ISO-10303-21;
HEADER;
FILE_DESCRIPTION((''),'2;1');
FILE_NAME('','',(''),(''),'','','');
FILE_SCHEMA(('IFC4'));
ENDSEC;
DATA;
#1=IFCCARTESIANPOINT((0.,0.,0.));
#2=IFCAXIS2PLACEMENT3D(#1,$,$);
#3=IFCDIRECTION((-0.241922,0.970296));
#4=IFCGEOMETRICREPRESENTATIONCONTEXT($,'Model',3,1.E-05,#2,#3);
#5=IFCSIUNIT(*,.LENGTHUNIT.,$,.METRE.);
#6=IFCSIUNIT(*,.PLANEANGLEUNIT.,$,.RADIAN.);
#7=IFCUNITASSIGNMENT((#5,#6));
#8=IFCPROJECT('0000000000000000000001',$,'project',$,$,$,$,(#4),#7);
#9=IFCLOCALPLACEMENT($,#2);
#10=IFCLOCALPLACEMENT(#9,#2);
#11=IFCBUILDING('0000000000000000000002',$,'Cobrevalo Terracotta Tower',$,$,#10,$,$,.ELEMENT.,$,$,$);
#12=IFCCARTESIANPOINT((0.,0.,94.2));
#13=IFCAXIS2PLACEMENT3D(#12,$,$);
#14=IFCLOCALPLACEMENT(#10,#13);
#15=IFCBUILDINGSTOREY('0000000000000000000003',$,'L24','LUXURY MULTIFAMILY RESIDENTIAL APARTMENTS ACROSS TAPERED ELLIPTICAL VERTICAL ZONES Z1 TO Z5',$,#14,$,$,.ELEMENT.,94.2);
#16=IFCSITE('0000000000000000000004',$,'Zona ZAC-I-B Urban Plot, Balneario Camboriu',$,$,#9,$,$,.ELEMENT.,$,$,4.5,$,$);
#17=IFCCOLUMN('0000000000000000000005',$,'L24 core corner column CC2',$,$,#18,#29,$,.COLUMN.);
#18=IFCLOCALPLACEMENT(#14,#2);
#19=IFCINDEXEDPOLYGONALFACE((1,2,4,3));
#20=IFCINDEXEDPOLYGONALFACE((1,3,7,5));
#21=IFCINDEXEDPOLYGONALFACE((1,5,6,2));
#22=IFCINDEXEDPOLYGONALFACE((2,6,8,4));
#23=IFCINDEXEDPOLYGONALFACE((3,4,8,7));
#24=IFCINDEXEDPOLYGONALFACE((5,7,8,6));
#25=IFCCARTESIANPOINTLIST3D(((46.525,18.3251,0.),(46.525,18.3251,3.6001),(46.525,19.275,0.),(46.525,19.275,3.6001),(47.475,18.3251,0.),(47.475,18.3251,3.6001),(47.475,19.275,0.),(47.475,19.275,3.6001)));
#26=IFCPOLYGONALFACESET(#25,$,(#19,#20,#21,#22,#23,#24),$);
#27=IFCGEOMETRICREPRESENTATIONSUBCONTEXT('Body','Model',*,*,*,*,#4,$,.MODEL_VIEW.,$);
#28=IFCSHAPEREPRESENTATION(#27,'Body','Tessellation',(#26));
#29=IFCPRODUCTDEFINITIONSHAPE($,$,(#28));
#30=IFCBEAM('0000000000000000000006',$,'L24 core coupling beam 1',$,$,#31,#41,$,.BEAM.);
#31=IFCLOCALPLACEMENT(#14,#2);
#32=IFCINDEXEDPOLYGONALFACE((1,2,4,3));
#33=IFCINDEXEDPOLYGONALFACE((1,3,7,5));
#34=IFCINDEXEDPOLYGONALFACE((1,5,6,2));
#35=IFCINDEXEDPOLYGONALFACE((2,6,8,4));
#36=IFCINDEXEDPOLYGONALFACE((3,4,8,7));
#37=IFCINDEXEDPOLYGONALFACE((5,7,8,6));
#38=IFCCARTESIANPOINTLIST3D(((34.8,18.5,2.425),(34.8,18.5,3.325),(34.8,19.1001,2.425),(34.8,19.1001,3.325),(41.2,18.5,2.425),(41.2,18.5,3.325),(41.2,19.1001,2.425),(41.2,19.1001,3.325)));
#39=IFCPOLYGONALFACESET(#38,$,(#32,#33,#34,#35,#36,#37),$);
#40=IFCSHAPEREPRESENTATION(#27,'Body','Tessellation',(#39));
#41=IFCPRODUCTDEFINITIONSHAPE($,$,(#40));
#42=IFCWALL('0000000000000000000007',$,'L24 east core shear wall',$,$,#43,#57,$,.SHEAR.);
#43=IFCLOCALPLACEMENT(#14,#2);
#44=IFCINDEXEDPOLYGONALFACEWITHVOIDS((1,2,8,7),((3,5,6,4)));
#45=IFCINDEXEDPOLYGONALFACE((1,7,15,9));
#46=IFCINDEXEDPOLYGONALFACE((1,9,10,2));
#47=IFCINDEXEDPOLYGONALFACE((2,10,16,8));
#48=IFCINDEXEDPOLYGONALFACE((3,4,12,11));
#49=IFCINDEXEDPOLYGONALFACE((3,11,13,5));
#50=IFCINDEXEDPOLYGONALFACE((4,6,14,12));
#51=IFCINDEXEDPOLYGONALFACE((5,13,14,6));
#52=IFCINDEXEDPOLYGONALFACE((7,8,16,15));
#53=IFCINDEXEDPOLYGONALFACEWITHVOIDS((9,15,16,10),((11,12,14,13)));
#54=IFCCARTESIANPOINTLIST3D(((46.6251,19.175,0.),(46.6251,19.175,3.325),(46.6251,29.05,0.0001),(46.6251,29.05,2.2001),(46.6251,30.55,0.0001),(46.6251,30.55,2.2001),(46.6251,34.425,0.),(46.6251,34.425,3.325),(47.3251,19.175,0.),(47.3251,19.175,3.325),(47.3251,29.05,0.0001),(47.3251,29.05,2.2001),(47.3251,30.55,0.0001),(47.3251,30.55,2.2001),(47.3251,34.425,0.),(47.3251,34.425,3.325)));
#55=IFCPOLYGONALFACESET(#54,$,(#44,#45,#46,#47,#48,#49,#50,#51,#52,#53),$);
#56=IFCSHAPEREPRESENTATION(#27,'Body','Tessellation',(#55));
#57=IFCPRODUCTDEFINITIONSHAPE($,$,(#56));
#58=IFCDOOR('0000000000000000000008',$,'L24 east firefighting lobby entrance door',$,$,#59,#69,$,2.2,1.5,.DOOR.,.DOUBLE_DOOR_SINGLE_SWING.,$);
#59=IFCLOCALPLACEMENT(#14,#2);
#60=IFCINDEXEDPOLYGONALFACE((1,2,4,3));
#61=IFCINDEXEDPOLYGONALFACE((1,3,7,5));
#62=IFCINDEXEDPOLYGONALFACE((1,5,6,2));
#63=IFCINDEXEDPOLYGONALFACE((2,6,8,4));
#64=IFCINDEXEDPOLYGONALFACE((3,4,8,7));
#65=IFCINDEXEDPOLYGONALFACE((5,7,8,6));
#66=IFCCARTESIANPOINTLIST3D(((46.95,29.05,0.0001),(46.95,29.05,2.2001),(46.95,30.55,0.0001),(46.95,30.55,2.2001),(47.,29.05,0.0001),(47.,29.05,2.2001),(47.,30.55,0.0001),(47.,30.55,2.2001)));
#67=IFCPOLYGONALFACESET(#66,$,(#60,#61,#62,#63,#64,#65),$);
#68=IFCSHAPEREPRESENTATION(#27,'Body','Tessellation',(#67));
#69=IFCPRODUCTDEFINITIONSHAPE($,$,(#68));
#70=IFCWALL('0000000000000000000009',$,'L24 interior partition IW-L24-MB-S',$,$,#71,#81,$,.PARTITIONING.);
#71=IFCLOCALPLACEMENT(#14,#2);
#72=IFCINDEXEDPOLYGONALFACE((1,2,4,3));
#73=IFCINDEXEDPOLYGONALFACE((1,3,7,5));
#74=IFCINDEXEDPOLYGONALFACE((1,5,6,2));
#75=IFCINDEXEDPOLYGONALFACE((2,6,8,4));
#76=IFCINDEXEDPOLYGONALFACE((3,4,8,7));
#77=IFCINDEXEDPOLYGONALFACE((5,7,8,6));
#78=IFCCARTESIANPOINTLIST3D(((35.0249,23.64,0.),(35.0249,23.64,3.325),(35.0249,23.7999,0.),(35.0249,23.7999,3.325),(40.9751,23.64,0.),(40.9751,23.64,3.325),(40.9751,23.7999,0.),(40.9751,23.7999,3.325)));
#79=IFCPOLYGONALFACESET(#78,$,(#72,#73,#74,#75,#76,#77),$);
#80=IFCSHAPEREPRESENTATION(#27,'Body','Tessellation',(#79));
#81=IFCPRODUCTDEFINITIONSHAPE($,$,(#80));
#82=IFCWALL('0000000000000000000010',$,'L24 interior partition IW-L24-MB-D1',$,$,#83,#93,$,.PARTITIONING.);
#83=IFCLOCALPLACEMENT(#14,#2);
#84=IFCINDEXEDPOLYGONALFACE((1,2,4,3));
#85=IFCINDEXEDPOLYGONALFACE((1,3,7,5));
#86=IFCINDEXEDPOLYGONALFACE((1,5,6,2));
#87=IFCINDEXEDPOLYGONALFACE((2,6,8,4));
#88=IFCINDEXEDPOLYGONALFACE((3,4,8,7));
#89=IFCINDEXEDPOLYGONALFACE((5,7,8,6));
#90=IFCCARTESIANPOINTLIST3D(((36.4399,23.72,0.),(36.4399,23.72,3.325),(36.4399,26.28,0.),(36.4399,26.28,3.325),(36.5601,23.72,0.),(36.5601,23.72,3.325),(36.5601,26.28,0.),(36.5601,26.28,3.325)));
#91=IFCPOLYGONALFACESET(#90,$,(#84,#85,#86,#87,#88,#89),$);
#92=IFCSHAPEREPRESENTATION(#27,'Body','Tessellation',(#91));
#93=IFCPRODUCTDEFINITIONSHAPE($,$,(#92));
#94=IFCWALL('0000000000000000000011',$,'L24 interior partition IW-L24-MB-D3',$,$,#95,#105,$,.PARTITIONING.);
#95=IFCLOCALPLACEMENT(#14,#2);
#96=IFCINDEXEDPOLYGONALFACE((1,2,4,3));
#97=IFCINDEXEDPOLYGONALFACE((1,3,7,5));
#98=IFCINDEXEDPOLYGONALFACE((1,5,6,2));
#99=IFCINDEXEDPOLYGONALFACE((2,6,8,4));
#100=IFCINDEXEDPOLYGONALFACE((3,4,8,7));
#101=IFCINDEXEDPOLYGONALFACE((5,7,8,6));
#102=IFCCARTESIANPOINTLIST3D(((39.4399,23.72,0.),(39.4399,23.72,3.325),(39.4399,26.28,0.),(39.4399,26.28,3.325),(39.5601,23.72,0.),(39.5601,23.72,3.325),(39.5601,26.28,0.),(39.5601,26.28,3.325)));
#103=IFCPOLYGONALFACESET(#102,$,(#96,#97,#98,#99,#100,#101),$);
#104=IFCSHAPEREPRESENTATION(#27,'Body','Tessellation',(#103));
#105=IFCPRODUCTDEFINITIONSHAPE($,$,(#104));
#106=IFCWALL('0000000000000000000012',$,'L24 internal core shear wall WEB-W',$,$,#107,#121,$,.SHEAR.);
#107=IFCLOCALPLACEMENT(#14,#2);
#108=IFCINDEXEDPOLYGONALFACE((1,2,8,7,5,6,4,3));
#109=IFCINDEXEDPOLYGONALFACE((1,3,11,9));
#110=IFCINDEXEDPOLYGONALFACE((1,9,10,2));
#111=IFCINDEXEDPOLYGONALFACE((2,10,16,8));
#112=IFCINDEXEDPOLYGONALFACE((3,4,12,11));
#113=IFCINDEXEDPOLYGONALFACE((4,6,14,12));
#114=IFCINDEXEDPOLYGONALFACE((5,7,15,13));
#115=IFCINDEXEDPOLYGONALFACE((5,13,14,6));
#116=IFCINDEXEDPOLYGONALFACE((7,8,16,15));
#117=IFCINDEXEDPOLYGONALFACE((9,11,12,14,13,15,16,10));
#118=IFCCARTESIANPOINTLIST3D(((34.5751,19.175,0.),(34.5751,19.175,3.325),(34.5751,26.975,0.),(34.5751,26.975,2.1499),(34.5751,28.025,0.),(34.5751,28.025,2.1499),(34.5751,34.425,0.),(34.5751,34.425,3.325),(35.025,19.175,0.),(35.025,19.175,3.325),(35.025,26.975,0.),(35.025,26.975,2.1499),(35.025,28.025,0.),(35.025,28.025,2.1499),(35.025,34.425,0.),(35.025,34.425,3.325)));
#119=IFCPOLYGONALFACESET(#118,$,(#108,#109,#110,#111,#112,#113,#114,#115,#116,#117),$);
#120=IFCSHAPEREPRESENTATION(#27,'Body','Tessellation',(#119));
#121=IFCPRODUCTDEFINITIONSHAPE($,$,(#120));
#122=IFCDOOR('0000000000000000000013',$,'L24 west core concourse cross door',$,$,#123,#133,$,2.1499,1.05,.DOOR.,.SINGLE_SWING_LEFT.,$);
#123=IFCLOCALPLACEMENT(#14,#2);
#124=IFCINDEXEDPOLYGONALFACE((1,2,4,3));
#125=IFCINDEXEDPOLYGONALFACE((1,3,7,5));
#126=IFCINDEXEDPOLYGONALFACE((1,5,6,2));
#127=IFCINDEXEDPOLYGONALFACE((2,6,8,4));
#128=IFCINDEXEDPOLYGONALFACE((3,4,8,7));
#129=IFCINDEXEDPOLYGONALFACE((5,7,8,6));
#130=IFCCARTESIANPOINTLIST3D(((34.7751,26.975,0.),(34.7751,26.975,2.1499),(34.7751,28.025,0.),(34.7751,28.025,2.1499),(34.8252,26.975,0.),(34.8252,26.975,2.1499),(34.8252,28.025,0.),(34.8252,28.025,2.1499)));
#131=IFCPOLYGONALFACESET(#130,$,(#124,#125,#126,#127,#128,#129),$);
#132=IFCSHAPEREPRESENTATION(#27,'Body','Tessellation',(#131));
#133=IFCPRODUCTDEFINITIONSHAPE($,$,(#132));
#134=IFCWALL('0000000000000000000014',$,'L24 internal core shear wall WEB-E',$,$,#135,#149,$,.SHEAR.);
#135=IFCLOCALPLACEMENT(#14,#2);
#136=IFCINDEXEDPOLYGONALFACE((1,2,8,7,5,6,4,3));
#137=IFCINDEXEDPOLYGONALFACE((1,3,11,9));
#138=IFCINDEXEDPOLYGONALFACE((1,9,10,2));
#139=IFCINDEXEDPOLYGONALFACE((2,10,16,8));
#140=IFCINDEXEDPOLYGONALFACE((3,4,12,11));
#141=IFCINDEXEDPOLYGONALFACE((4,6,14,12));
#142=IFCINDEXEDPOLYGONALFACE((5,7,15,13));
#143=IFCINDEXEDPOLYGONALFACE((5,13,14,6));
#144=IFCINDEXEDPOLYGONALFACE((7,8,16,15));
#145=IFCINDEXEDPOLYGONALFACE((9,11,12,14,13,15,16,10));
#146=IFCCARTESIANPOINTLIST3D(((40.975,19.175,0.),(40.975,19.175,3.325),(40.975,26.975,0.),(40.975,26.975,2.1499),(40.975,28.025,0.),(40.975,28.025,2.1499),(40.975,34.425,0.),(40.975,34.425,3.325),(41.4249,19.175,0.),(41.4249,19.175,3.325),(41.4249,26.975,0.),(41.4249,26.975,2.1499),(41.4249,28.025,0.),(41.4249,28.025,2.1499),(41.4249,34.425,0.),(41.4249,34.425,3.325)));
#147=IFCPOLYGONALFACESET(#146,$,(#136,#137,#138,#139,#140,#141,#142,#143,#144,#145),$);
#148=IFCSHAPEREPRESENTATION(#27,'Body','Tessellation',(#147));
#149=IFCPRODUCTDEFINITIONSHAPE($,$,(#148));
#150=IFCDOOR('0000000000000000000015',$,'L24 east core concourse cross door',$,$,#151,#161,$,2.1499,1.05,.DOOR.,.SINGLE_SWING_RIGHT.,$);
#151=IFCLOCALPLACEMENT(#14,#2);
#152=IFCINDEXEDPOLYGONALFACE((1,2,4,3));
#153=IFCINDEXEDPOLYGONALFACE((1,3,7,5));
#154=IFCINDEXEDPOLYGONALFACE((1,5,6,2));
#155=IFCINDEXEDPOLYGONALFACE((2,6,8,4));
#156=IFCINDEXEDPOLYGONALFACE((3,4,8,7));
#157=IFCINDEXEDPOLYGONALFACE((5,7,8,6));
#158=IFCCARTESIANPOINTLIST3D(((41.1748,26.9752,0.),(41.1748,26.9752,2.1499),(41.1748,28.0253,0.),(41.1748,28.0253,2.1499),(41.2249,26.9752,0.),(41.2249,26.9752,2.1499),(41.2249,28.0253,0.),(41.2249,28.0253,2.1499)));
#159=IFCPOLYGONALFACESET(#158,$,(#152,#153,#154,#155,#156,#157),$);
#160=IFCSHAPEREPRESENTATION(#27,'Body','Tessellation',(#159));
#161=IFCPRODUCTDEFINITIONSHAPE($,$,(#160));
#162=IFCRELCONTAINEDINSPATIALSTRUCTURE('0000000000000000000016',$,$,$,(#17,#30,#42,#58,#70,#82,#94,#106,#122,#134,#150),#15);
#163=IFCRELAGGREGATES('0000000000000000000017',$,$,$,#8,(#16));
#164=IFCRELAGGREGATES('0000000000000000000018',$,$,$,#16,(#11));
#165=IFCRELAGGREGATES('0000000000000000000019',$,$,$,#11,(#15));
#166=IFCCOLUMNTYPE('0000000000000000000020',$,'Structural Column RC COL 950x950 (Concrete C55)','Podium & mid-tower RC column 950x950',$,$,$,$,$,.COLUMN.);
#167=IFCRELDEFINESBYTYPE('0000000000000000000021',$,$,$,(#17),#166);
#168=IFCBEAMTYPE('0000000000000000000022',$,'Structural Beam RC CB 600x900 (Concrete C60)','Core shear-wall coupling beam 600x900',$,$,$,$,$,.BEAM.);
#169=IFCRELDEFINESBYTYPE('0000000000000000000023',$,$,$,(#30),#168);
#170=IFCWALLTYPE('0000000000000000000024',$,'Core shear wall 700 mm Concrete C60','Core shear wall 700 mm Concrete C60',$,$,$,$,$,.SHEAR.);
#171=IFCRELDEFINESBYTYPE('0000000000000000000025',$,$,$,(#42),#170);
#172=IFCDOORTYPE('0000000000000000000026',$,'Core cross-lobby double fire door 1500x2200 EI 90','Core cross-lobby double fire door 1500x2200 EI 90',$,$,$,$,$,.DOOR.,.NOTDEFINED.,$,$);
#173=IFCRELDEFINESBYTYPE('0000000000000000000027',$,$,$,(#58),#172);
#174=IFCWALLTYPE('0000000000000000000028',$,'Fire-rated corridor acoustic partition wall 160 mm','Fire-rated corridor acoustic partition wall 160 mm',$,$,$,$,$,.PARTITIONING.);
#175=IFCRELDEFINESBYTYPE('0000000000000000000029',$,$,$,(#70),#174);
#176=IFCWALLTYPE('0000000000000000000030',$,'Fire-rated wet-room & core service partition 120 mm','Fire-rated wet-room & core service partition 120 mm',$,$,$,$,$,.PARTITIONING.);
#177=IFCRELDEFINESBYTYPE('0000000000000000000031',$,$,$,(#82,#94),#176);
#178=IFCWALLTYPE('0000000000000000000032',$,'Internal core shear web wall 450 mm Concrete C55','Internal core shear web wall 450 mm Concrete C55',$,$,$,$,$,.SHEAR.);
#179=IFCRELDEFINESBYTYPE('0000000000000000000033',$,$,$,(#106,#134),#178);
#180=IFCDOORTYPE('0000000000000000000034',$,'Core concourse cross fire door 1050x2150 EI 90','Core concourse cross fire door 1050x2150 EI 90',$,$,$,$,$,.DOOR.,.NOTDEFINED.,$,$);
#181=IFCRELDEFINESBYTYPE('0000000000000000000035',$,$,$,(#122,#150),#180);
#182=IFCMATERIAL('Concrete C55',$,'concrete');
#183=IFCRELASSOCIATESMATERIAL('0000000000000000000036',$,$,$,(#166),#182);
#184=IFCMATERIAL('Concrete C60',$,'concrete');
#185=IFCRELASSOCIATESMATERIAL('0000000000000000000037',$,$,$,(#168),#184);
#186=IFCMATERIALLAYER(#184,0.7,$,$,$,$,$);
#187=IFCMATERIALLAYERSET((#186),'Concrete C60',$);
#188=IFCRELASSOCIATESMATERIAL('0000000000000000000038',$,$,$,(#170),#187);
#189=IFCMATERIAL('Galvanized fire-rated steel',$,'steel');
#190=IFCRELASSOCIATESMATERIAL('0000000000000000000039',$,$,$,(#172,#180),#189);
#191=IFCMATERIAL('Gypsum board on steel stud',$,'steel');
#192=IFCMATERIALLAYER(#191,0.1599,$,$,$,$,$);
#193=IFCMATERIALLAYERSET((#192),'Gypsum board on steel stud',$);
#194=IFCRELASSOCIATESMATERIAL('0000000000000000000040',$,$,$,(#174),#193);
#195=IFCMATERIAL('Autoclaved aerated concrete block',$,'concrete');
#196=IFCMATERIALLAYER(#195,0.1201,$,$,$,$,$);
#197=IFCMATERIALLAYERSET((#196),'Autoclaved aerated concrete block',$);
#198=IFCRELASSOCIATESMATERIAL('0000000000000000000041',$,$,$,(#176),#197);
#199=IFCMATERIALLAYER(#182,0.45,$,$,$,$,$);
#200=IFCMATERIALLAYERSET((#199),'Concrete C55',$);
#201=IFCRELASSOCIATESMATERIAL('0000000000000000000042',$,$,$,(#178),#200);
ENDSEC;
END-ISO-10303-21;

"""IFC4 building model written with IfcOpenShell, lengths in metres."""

from ifc_helpers import new_model, si_unit, direction, frame, frame_2d, origin, origin_2d, place, context, subcontext, project, spatial, rectangle, extrude, source, transform, mapped, material, layer, layer_set, material_profile, profile_set, type_object, element, fill, save


model = new_model("IFC4")

# Units and contexts
model_context = context("Model", 3, precision=1e-05, world=origin(), true_north=direction((-0.241922, 0.970296)))
body_context = subcontext(model_context, "Body", "Model", "MODEL_VIEW")
ifc_project = project(units=[si_unit("LENGTHUNIT", "METRE"), si_unit("PLANEANGLEUNIT", "RADIAN")], contexts=[model_context])

# Site, building, storey
site_placement = place(None, origin())
site = spatial("IfcSite", under=ifc_project, at=site_placement, Name="Zona ZAC-I-B Urban Plot, Balneario Camboriu", CompositionType="ELEMENT", RefElevation=4.5)
building_placement = place(site_placement, origin())
building = spatial("IfcBuilding", under=site, at=building_placement, Name="Cobrevalo Terracotta Tower", CompositionType="ELEMENT")
storey_placement = place(building_placement, frame((0.0, 0.0, 94.2)))
storey = spatial("IfcBuildingStorey", under=building, at=storey_placement, Name="L24", Description="LUXURY MULTIFAMILY RESIDENTIAL APARTMENTS ACROSS TAPERED ELLIPTICAL VERTICAL ZONES Z1 TO Z5", CompositionType="ELEMENT", Elevation=94.2)

# Column
ifc_material_1 = material(Name="Concrete C55", Category="concrete")
ifc_material_profile_1 = material_profile(ifc_material_1, rectangle(XDim=0.95, YDim=0.95, at=origin_2d()), Name="RC COL 950x950")
ifc_profile_set_1 = profile_set([ifc_material_profile_1], Name="Concrete C55")
column_type = type_object("IfcColumnType", Name="Structural Column RC COL 950x950 (Concrete C55)", Description="Podium & mid-tower RC column 950x950", PredefinedType="COLUMN", material=ifc_profile_set_1)
column_placement = place(storey_placement, frame((47.0, 18.8, 0.0), z_axis=(0.0, 0.0, 1.0), x_axis=(1.0, 0.0, 0.0)))
element("IfcColumn", 1, at=column_placement, inside=storey, type_object=column_type, Name="L24 core corner column CC2", PredefinedType="COLUMN", context=body_context, shape_type="SweptSolid", body=[
    extrude(rectangle(XDim=0.95, YDim=0.95, at=origin_2d()), origin(), (0.0, 0.0, 1.0), 3.6001),
])

# Beam
ifc_material_2 = material(Name="Concrete C60", Category="concrete")
ifc_material_profile_2 = material_profile(ifc_material_2, rectangle(XDim=0.6001, YDim=0.8999, at=origin_2d()), Name="RC CB 600x900")
ifc_profile_set_2 = profile_set([ifc_material_profile_2], Name="Concrete C60")
beam_type = type_object("IfcBeamType", Name="Structural Beam RC CB 600x900 (Concrete C60)", Description="Core shear-wall coupling beam 600x900", PredefinedType="BEAM", material=ifc_profile_set_2)
beam_placement = place(storey_placement, frame((34.8, 18.8, 2.875), z_axis=(1.0, 0.0, 0.0), x_axis=(0.0, 1.0, 0.0)))
element("IfcBeam", 2, at=beam_placement, inside=storey, type_object=beam_type, Name="L24 core coupling beam 1", PredefinedType="BEAM", context=body_context, shape_type="SweptSolid", body=[
    extrude(rectangle(XDim=0.6001, YDim=0.8999, at=origin_2d()), origin(), (0.0, 0.0, 1.0), 6.3999),
])

# Wall, opening, door
ifc_layer_1 = layer(ifc_material_2, 0.7)
ifc_layer_set_1 = layer_set([ifc_layer_1], Name="Concrete C60")
wall_type_1 = type_object("IfcWallType", Name="Core shear wall 700 mm Concrete C60", Description="Core shear wall 700 mm Concrete C60", PredefinedType="SHEAR", material=ifc_layer_set_1)
wall_1_placement = place(storey_placement, frame((46.9751, 19.175, 0.0), z_axis=(0.0, 0.0, 1.0), x_axis=(0.0, 1.0, 0.0)))
wall_1 = element("IfcWall", 3, at=wall_1_placement, inside=storey, type_object=wall_type_1, Name="L24 east core shear wall", PredefinedType="SHEAR", context=body_context, shape_type="SweptSolid", body=[
    extrude(rectangle(XDim=15.25, YDim=0.7, at=frame_2d((7.625, 0.0))), origin(), (0.0, 0.0, 1.0), 3.325),
])
opening_1_placement = place(wall_1_placement, frame((9.875, 0.0, 0.0)))
opening_1 = element("IfcOpeningElement", 4, at=opening_1_placement, cuts=wall_1, PredefinedType="OPENING", context=body_context, shape_type="SweptSolid", body=[
    extrude(rectangle(XDim=1.5, YDim=2.2, at=frame_2d((0.75, 1.1001))), frame((0.0, 0.3599, 0.0), z_axis=(0.0, -1.0, 0.0), x_axis=(1.0, 0.0, 0.0)), (0.0, 0.0, 1.0), 0.72),
])
ifc_material_3 = material(Name="Galvanized fire-rated steel", Category="steel")
door_type_1 = type_object("IfcDoorType", Name="Core cross-lobby double fire door 1500x2200 EI 90", Description="Core cross-lobby double fire door 1500x2200 EI 90", OperationType="NOTDEFINED", PredefinedType="DOOR", material=ifc_material_3)
shared_shape_1 = source(origin(), body_context, "Body", "SweptSolid", [
    extrude(rectangle(XDim=1.5, YDim=2.2, at=frame_2d((0.75, 1.1001))), frame((0.0, 0.0249, 0.0), z_axis=(0.0, -1.0, 0.0), x_axis=(1.0, 0.0, 0.0)), (0.0, 0.0, 1.0), 0.05),
])
door_1_placement = place(opening_1_placement, frame((1.5, 0.0, 0.0), z_axis=(0.0, 0.0, 1.0), x_axis=(-1.0, 0.0, 0.0)))
door_1 = element("IfcDoor", 5, at=door_1_placement, inside=storey, type_object=door_type_1, Name="L24 east firefighting lobby entrance door", OperationType="DOUBLE_DOOR_SINGLE_SWING", OverallHeight=2.2, OverallWidth=1.5, PredefinedType="DOOR", context=body_context, shape_type="MappedRepresentation", body=[
    mapped(shared_shape_1, transform((0.0, 0.0, 0.0), scale=1.0)),
])
fill(opening_1, door_1)

# Walls
ifc_material_4 = material(Name="Gypsum board on steel stud", Category="steel")
ifc_layer_2 = layer(ifc_material_4, 0.1599)
ifc_layer_set_2 = layer_set([ifc_layer_2], Name="Gypsum board on steel stud")
wall_type_2 = type_object("IfcWallType", Name="Fire-rated corridor acoustic partition wall 160 mm", Description="Fire-rated corridor acoustic partition wall 160 mm", PredefinedType="PARTITIONING", material=ifc_layer_set_2)
wall_2_placement = place(storey_placement, frame((35.0249, 23.72, 0.0), z_axis=(0.0, 0.0, 1.0), x_axis=(1.0, 0.0, 0.0)))
element("IfcWall", 6, at=wall_2_placement, inside=storey, type_object=wall_type_2, Name="L24 interior partition IW-L24-MB-S", PredefinedType="PARTITIONING", context=body_context, shape_type="SweptSolid", body=[
    extrude(rectangle(XDim=5.9502, YDim=0.1599, at=frame_2d((2.9751, 0.0))), origin(), (0.0, 0.0, 1.0), 3.325),
])
ifc_material_5 = material(Name="Autoclaved aerated concrete block", Category="concrete")
ifc_layer_3 = layer(ifc_material_5, 0.1201)
ifc_layer_set_3 = layer_set([ifc_layer_3], Name="Autoclaved aerated concrete block")
wall_type_3 = type_object("IfcWallType", Name="Fire-rated wet-room & core service partition 120 mm", Description="Fire-rated wet-room & core service partition 120 mm", PredefinedType="PARTITIONING", material=ifc_layer_set_3)
for number, where, z_axis, x_axis, name in (
    (7, (36.5, 23.72, 0.0), (0.0, 0.0, 1.0), (0.0, 1.0, 0.0), "L24 interior partition IW-L24-MB-D1"),
    (8, (39.5, 23.72, 0.0), (0.0, 0.0, 1.0), (0.0, 1.0, 0.0), "L24 interior partition IW-L24-MB-D3"),
):
    element("IfcWall", number, at=place(storey_placement, frame(where, z_axis=z_axis, x_axis=x_axis)), inside=storey, type_object=wall_type_3, Name=name, PredefinedType="PARTITIONING", context=body_context, shape_type="SweptSolid", body=[
        extrude(rectangle(XDim=2.5601, YDim=0.1201, at=frame_2d((1.28, 0.0))), origin(), (0.0, 0.0, 1.0), 3.325),
    ])

# Walls, openings, doors
ifc_layer_4 = layer(ifc_material_1, 0.45)
ifc_layer_set_4 = layer_set([ifc_layer_4], Name="Concrete C55")
wall_type_4 = type_object("IfcWallType", Name="Internal core shear web wall 450 mm Concrete C55", Description="Internal core shear web wall 450 mm Concrete C55", PredefinedType="SHEAR", material=ifc_layer_set_4)
wall_3_placement = place(storey_placement, frame((34.8, 19.175, 0.0), z_axis=(0.0, 0.0, 1.0), x_axis=(0.0, 1.0, 0.0)))
wall_3 = element("IfcWall", 9, at=wall_3_placement, inside=storey, type_object=wall_type_4, Name="L24 internal core shear wall WEB-W", PredefinedType="SHEAR", context=body_context, shape_type="SweptSolid", body=[
    extrude(rectangle(XDim=15.25, YDim=0.45, at=frame_2d((7.625, 0.0))), origin(), (0.0, 0.0, 1.0), 3.325),
])
opening_2_placement = place(wall_3_placement, frame((7.8, 0.0, 0.0)))
opening_2 = element("IfcOpeningElement", 10, at=opening_2_placement, cuts=wall_3, PredefinedType="OPENING", context=body_context, shape_type="SweptSolid", body=[
    extrude(rectangle(XDim=1.05, YDim=2.1499, at=frame_2d((0.5249, 1.075))), frame((0.0, 0.2349, 0.0), z_axis=(0.0, -1.0, 0.0), x_axis=(1.0, 0.0, 0.0)), (0.0, 0.0, 1.0), 0.47),
])
door_type_2 = type_object("IfcDoorType", Name="Core concourse cross fire door 1050x2150 EI 90", Description="Core concourse cross fire door 1050x2150 EI 90", OperationType="NOTDEFINED", PredefinedType="DOOR", material=ifc_material_3)
shared_shape_2 = source(origin(), body_context, "Body", "SweptSolid", [
    extrude(rectangle(XDim=1.05, YDim=2.1499, at=frame_2d((0.5249, 1.075))), frame((0.0, 0.0249, 0.0), z_axis=(0.0, -1.0, 0.0), x_axis=(1.0, 0.0, 0.0)), (0.0, 0.0, 1.0), 0.05),
])
door_2_placement = place(opening_2_placement, origin())
door_2 = element("IfcDoor", 11, at=door_2_placement, inside=storey, type_object=door_type_2, Name="L24 west core concourse cross door", OperationType="SINGLE_SWING_LEFT", OverallHeight=2.1499, OverallWidth=1.05, PredefinedType="DOOR", context=body_context, shape_type="MappedRepresentation", body=[
    mapped(shared_shape_2, transform((0.0, 0.0, 0.0), scale=1.0)),
])
fill(opening_2, door_2)
wall_4_placement = place(storey_placement, frame((41.2, 19.175, 0.0), z_axis=(0.0, 0.0, 1.0), x_axis=(0.0, 1.0, 0.0)))
wall_4 = element("IfcWall", 12, at=wall_4_placement, inside=storey, type_object=wall_type_4, Name="L24 internal core shear wall WEB-E", PredefinedType="SHEAR", context=body_context, shape_type="SweptSolid", body=[
    extrude(rectangle(XDim=15.25, YDim=0.45, at=frame_2d((7.625, 0.0))), origin(), (0.0, 0.0, 1.0), 3.325),
])
opening_3_placement = place(wall_4_placement, frame((7.8, 0.0, 0.0)))
opening_3 = element("IfcOpeningElement", 13, at=opening_3_placement, cuts=wall_4, PredefinedType="OPENING", context=body_context, shape_type="SweptSolid", body=[
    extrude(rectangle(XDim=1.05, YDim=2.1499, at=frame_2d((0.5249, 1.075))), frame((0.0, 0.2349, 0.0), z_axis=(0.0, -1.0, 0.0), x_axis=(1.0, 0.0, 0.0)), (0.0, 0.0, 1.0), 0.47),
])
door_3_placement = place(opening_3_placement, frame((1.05, 0.0, 0.0), z_axis=(0.0, 0.0, 1.0), x_axis=(-1.0, 0.0, 0.0)))
door_3 = element("IfcDoor", 14, at=door_3_placement, inside=storey, type_object=door_type_2, Name="L24 east core concourse cross door", OperationType="SINGLE_SWING_RIGHT", OverallHeight=2.1499, OverallWidth=1.05, PredefinedType="DOOR", context=body_context, shape_type="MappedRepresentation", body=[
    mapped(shared_shape_2, transform((0.0, 0.0, 0.0), scale=1.0)),
])
fill(opening_3, door_3)

save(model, "model.ifc")
